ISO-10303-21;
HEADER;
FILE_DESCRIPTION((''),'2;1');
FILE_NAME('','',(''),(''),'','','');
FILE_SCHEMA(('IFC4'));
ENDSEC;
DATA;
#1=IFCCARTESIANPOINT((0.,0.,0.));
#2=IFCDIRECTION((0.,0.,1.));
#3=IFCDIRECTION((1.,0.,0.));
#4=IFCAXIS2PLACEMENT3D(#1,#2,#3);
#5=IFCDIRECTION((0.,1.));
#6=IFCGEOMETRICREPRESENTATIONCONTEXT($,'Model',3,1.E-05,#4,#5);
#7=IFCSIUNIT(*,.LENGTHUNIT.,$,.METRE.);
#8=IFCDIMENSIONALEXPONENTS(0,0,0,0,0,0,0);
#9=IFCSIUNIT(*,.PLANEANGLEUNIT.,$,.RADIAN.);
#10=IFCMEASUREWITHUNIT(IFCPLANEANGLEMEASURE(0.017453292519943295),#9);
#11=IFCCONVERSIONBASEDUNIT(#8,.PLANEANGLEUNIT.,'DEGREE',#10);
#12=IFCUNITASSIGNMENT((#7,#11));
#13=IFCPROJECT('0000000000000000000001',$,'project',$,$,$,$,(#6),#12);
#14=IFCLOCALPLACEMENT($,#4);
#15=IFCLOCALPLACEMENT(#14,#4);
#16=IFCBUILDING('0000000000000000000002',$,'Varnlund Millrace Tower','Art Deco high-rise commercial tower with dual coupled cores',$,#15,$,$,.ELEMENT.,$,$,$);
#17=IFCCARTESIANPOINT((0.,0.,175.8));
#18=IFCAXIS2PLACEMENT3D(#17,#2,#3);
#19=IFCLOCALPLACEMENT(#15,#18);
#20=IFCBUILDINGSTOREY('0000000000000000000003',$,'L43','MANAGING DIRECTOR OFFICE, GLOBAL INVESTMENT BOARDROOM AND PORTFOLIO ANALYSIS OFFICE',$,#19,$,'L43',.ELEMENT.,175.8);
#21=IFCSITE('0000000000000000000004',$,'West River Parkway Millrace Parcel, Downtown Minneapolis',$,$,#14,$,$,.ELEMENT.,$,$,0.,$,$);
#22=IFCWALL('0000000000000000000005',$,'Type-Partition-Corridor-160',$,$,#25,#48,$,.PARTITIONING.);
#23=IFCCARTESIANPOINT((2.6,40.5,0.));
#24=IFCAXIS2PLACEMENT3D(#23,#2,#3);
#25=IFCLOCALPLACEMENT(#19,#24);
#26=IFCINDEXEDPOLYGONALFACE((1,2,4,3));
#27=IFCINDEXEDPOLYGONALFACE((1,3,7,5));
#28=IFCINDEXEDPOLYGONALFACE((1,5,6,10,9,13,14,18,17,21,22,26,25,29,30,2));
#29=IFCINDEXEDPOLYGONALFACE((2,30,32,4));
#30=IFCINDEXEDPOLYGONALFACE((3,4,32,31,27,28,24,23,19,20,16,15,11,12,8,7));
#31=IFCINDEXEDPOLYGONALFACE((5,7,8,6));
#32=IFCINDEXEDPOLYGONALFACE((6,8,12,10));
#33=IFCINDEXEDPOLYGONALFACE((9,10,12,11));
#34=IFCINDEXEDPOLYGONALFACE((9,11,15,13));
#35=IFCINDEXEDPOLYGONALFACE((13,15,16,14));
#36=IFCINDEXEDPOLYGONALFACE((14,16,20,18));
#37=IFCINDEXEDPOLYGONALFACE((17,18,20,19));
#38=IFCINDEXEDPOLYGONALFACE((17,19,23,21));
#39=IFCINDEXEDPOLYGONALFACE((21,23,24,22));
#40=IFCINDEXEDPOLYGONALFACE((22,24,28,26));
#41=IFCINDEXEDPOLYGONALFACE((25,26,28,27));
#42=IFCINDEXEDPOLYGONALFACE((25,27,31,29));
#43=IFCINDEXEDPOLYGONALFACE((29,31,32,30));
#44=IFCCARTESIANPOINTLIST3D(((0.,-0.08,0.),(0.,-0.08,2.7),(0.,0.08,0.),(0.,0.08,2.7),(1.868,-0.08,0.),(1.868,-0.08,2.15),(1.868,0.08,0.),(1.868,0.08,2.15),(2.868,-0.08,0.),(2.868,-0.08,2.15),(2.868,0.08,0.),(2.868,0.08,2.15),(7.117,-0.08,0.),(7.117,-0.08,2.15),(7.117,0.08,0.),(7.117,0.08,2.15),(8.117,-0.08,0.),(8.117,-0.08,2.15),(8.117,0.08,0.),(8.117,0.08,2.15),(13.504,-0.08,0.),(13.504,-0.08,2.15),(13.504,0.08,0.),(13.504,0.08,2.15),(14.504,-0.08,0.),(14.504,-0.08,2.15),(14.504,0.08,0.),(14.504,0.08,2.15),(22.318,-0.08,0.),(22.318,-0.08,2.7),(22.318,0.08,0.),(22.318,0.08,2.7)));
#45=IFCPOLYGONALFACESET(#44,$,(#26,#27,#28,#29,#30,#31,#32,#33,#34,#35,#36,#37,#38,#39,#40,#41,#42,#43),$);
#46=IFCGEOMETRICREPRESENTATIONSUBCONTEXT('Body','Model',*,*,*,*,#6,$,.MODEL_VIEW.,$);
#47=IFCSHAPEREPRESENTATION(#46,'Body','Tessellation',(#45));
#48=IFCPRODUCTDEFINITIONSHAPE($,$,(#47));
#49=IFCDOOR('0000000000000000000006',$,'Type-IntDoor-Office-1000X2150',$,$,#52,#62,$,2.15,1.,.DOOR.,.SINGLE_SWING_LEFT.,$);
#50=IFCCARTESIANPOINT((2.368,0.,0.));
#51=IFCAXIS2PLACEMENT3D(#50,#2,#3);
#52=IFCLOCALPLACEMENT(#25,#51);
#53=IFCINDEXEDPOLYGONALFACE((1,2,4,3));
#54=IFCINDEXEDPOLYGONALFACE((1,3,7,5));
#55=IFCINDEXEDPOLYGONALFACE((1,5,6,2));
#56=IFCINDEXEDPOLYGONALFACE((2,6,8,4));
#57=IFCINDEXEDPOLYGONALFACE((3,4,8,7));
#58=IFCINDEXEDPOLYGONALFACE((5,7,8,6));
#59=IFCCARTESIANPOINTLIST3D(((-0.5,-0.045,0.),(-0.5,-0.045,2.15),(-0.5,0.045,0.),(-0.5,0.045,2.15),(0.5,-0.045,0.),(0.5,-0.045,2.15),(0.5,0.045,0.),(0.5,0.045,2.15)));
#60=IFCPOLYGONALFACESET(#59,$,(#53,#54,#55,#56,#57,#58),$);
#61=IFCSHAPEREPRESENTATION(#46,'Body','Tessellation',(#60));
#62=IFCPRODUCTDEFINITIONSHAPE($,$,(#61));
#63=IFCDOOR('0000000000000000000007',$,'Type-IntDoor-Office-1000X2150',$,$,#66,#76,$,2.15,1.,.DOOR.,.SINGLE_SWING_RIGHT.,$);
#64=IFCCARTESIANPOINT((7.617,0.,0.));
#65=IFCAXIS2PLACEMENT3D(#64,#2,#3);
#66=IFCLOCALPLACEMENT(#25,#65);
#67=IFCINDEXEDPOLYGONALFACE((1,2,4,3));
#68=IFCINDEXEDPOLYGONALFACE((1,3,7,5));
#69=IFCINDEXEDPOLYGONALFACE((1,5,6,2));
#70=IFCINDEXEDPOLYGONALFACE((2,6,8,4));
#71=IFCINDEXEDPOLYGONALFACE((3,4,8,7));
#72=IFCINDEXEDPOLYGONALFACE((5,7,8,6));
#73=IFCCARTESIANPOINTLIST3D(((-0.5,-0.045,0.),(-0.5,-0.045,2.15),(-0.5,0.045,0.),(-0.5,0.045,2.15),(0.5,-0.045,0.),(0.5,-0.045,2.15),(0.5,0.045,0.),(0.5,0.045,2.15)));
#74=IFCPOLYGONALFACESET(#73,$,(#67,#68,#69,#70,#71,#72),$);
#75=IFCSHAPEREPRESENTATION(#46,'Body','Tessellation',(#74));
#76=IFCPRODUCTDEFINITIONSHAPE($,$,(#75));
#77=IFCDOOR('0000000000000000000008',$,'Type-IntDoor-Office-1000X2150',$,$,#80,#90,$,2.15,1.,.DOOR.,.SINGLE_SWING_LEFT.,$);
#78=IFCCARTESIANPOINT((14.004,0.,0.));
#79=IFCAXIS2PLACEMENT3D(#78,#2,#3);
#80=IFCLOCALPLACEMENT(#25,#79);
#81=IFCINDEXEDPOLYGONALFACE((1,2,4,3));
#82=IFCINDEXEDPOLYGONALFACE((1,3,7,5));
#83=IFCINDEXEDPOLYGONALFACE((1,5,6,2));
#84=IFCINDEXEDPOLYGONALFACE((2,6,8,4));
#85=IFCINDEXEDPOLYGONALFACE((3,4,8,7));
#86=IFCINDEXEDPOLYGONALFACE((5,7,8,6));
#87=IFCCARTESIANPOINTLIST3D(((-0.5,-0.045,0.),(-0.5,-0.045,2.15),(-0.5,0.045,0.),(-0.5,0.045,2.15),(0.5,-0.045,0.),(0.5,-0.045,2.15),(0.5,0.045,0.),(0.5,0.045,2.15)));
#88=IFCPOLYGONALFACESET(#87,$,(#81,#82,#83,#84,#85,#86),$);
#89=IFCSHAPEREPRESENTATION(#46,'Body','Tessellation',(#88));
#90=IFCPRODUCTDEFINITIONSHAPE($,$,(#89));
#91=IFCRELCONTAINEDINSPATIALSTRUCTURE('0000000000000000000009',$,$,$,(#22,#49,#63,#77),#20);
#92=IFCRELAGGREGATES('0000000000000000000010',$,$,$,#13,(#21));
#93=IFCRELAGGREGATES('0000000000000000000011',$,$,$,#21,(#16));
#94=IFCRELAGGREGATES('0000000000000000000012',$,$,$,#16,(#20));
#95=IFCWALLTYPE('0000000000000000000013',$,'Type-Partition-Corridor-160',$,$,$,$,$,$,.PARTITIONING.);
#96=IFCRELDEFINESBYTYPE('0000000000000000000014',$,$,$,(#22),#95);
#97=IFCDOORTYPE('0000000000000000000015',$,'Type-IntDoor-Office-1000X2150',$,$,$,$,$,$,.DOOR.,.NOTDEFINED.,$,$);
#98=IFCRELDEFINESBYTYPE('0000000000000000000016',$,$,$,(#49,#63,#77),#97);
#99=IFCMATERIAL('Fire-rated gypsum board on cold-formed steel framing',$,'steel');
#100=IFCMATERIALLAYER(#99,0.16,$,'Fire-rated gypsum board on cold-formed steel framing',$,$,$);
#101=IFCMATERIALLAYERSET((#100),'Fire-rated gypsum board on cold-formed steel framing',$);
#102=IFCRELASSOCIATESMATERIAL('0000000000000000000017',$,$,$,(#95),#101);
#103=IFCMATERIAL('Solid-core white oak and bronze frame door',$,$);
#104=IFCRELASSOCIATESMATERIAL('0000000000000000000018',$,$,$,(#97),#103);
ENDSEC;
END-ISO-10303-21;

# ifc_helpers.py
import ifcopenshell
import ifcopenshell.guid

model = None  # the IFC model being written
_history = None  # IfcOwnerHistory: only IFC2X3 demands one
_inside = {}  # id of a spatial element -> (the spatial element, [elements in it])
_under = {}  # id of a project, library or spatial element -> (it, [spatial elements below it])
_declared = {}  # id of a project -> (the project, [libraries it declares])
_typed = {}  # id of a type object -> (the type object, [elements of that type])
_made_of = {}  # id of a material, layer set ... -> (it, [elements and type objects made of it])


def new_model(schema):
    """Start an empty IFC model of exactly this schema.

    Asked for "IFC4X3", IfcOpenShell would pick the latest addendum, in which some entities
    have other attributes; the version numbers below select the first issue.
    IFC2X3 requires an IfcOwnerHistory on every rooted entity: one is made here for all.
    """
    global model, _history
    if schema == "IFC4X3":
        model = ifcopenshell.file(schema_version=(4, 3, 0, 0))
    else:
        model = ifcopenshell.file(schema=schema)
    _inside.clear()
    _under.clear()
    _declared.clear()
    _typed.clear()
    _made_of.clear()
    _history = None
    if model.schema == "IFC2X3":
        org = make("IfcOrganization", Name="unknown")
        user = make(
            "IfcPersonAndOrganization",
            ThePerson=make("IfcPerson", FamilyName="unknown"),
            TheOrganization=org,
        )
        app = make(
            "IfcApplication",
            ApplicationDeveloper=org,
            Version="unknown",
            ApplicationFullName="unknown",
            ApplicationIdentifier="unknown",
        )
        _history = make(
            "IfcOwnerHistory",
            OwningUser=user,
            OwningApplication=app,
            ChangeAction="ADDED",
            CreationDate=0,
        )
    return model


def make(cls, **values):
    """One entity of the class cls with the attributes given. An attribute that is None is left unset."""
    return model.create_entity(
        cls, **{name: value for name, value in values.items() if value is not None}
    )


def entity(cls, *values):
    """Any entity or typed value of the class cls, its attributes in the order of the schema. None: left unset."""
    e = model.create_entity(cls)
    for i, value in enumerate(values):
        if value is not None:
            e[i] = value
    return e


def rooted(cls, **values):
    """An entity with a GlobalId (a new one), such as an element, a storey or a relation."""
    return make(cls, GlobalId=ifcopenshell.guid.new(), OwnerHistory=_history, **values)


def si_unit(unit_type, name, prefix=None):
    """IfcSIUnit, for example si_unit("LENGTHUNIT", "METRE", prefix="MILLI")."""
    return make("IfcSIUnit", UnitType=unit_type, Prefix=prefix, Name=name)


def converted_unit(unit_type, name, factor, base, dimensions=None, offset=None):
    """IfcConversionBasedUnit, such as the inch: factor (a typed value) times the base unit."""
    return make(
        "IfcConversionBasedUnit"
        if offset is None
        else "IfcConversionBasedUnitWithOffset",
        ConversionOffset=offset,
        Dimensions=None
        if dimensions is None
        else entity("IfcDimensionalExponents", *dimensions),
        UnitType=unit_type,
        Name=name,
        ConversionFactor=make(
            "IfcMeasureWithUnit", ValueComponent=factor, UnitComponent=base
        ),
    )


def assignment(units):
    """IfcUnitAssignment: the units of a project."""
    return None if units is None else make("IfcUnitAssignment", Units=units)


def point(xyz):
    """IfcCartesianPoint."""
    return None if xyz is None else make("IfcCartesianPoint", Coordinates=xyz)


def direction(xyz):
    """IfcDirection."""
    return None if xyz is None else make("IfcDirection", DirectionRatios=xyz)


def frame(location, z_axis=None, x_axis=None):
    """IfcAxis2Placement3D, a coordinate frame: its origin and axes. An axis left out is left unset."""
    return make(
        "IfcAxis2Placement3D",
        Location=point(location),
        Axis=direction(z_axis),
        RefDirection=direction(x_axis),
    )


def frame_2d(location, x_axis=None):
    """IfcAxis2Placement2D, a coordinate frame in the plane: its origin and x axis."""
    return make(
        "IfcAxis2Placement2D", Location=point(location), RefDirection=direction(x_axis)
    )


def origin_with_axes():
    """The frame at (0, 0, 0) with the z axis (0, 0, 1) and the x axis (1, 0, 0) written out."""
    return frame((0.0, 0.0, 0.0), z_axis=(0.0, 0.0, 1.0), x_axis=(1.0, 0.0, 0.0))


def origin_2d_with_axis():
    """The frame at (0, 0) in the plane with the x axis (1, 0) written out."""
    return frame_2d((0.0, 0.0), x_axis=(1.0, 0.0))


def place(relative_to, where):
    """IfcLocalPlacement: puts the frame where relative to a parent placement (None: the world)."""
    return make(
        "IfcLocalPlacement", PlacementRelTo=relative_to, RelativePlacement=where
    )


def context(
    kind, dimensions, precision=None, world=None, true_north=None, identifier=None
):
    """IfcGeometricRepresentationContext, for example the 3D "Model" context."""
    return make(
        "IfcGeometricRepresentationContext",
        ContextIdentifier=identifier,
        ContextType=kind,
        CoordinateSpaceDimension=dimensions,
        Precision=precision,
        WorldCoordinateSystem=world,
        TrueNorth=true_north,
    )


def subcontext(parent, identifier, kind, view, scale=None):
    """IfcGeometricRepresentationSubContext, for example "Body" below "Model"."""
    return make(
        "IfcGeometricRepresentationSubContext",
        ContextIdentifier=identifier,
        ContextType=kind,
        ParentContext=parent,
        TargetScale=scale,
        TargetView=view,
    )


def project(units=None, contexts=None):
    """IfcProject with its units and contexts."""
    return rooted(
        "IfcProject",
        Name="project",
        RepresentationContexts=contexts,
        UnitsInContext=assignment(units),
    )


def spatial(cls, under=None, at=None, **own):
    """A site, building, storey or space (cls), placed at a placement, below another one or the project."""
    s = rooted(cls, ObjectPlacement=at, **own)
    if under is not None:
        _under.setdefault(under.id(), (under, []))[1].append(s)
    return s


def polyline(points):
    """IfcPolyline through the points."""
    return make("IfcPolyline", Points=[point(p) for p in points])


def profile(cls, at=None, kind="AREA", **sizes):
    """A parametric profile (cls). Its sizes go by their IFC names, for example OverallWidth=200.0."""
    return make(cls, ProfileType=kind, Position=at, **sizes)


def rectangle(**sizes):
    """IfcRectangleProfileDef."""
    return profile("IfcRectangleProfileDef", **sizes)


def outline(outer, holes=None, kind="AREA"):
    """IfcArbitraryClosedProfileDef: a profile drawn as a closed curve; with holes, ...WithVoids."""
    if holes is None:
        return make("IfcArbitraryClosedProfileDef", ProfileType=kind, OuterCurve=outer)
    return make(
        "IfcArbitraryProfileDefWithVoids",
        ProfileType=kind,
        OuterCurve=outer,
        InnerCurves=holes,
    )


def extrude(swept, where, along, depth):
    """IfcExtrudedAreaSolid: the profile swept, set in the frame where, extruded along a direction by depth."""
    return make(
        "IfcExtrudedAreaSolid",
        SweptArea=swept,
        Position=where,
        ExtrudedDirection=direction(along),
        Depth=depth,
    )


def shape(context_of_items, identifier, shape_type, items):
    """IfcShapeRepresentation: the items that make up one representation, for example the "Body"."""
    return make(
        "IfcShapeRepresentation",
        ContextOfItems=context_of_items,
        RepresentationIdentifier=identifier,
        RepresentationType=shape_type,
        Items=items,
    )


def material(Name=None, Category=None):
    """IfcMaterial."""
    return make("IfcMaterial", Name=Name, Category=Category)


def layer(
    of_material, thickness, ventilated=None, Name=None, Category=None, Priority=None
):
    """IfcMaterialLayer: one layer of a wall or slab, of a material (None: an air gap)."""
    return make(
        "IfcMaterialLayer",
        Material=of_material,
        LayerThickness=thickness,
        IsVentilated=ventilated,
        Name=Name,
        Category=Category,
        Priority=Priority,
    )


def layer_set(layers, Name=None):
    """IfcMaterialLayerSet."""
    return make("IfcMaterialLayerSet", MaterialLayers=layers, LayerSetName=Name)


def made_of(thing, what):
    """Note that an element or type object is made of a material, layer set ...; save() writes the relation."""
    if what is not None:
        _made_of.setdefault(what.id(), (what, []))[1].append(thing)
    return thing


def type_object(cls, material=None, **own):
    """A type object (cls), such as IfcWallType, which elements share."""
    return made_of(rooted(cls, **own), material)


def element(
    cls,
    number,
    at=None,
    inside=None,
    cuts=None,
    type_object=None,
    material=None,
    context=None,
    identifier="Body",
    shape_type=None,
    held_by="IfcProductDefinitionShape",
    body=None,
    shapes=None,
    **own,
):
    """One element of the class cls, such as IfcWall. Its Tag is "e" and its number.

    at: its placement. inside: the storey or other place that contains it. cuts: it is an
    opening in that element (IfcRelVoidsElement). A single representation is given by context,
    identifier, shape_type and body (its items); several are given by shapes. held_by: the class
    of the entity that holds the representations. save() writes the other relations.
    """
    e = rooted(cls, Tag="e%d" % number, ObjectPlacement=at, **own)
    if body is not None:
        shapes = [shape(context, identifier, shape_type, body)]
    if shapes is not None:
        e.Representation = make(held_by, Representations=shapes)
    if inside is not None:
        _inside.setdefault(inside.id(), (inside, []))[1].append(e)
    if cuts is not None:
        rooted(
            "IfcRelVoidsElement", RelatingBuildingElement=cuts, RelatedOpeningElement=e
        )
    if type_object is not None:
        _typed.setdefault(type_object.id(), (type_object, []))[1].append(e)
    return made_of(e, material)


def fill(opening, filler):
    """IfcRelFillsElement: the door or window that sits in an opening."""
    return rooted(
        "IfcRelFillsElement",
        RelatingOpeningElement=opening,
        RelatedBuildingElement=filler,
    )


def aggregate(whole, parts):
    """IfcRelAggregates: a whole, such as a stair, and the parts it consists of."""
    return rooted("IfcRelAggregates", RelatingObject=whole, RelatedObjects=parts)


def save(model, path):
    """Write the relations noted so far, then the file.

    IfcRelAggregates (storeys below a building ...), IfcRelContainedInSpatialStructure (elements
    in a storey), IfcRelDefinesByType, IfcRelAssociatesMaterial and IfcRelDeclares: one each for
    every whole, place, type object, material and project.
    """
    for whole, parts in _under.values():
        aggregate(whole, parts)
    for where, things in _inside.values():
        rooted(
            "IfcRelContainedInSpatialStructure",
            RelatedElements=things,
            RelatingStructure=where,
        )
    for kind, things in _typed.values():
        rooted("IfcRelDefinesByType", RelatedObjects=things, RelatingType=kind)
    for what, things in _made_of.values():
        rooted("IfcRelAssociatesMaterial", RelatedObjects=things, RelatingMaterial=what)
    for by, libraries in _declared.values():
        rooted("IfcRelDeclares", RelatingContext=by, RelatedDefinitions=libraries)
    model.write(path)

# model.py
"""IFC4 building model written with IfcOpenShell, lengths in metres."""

from ifc_helpers import new_model, entity, si_unit, converted_unit, direction, frame, origin_with_axes, origin_2d_with_axis, place, context, subcontext, project, spatial, polyline, rectangle, outline, extrude, material, layer, layer_set, type_object, element, fill, save


model = new_model("IFC4")

# Units and contexts
model_context = context("Model", 3, precision=1e-05, world=origin_with_axes(), true_north=direction((0.0, 1.0)))
body_context = subcontext(model_context, "Body", "Model", "MODEL_VIEW")
ifc_project = project(units=[si_unit("LENGTHUNIT", "METRE"), converted_unit("PLANEANGLEUNIT", "DEGREE", entity("IfcPlaneAngleMeasure", 0.017453292519943295), si_unit("PLANEANGLEUNIT", "RADIAN"), dimensions=[0, 0, 0, 0, 0, 0, 0])], contexts=[model_context])

# Site, building, storey
site_placement = place(None, origin_with_axes())
site = spatial("IfcSite", under=ifc_project, at=site_placement, Name="West River Parkway Millrace Parcel, Downtown Minneapolis", CompositionType="ELEMENT", RefElevation=0.0)
building_placement = place(site_placement, origin_with_axes())
building = spatial("IfcBuilding", under=site, at=building_placement, Name="Varnlund Millrace Tower", Description="Art Deco high-rise commercial tower with dual coupled cores", CompositionType="ELEMENT")
storey_placement = place(building_placement, frame((0.0, 0.0, 175.8), z_axis=(0.0, 0.0, 1.0), x_axis=(1.0, 0.0, 0.0)))
storey = spatial("IfcBuildingStorey", under=building, at=storey_placement, Name="L43", Description="MANAGING DIRECTOR OFFICE, GLOBAL INVESTMENT BOARDROOM AND PORTFOLIO ANALYSIS OFFICE", LongName="L43", CompositionType="ELEMENT", Elevation=175.8)

# Wall, openings, doors
ifc_material_1 = material(Name="Fire-rated gypsum board on cold-formed steel framing", Category="steel")
ifc_layer_1 = layer(ifc_material_1, 0.16, Name="Fire-rated gypsum board on cold-formed steel framing")
ifc_layer_set_1 = layer_set([ifc_layer_1], Name="Fire-rated gypsum board on cold-formed steel framing")
wall_type_1 = type_object("IfcWallType", Name="Type-Partition-Corridor-160", PredefinedType="PARTITIONING", material=ifc_layer_set_1)
wall_1_placement = place(storey_placement, frame((2.6, 40.5, 0.0), z_axis=(0.0, 0.0, 1.0), x_axis=(1.0, 0.0, 0.0)))
wall_1 = element("IfcWall", 1, at=wall_1_placement, inside=storey, type_object=wall_type_1, Name="Type-Partition-Corridor-160", PredefinedType="PARTITIONING", context=body_context, shape_type="SweptSolid", body=[
    extrude(outline(polyline([(0.0, -0.08), (22.318, -0.08), (22.318, 0.08), (0.0, 0.08), (0.0, -0.08)])), origin_with_axes(), (0.0, 0.0, 1.0), 2.7),
])
opening_1_placement = place(wall_1_placement, frame((2.368, 0.0, 0.0), z_axis=(0.0, 0.0, 1.0), x_axis=(1.0, 0.0, 0.0)))
opening_1 = element("IfcOpeningElement", 2, at=opening_1_placement, cuts=wall_1, PredefinedType="OPENING", context=body_context, shape_type="SweptSolid", body=[
    extrude(rectangle(XDim=1.0, YDim=0.18, at=origin_2d_with_axis()), origin_with_axes(), (0.0, 0.0, 1.0), 2.15),
])
opening_2_placement = place(wall_1_placement, frame((7.617, 0.0, 0.0), z_axis=(0.0, 0.0, 1.0), x_axis=(1.0, 0.0, 0.0)))
opening_2 = element("IfcOpeningElement", 3, at=opening_2_placement, cuts=wall_1, PredefinedType="OPENING", context=body_context, shape_type="SweptSolid", body=[
    extrude(rectangle(XDim=1.0, YDim=0.18, at=origin_2d_with_axis()), origin_with_axes(), (0.0, 0.0, 1.0), 2.15),
])
opening_3_placement = place(wall_1_placement, frame((14.004, 0.0, 0.0), z_axis=(0.0, 0.0, 1.0), x_axis=(1.0, 0.0, 0.0)))
opening_3 = element("IfcOpeningElement", 4, at=opening_3_placement, cuts=wall_1, PredefinedType="OPENING", context=body_context, shape_type="SweptSolid", body=[
    extrude(rectangle(XDim=1.0, YDim=0.18, at=origin_2d_with_axis()), origin_with_axes(), (0.0, 0.0, 1.0), 2.15),
])
ifc_material_2 = material(Name="Solid-core white oak and bronze frame door")
door_type = type_object("IfcDoorType", Name="Type-IntDoor-Office-1000X2150", OperationType="NOTDEFINED", PredefinedType="DOOR", material=ifc_material_2)
door_1_placement = place(wall_1_placement, frame((2.368, 0.0, 0.0), z_axis=(0.0, 0.0, 1.0), x_axis=(1.0, 0.0, 0.0)))
door_1 = element("IfcDoor", 5, at=door_1_placement, inside=storey, type_object=door_type, Name="Type-IntDoor-Office-1000X2150", OperationType="SINGLE_SWING_LEFT", OverallHeight=2.15, OverallWidth=1.0, PredefinedType="DOOR", context=body_context, shape_type="SweptSolid", body=[
    extrude(rectangle(XDim=1.0, YDim=0.09, at=origin_2d_with_axis()), origin_with_axes(), (0.0, 0.0, 1.0), 2.15),
])
fill(opening_1, door_1)
door_2_placement = place(wall_1_placement, frame((7.617, 0.0, 0.0), z_axis=(0.0, 0.0, 1.0), x_axis=(1.0, 0.0, 0.0)))
door_2 = element("IfcDoor", 6, at=door_2_placement, inside=storey, type_object=door_type, Name="Type-IntDoor-Office-1000X2150", OperationType="SINGLE_SWING_RIGHT", OverallHeight=2.15, OverallWidth=1.0, PredefinedType="DOOR", context=body_context, shape_type="SweptSolid", body=[
    extrude(rectangle(XDim=1.0, YDim=0.09, at=origin_2d_with_axis()), origin_with_axes(), (0.0, 0.0, 1.0), 2.15),
])
fill(opening_2, door_2)
door_3_placement = place(wall_1_placement, frame((14.004, 0.0, 0.0), z_axis=(0.0, 0.0, 1.0), x_axis=(1.0, 0.0, 0.0)))
door_3 = element("IfcDoor", 7, at=door_3_placement, inside=storey, type_object=door_type, Name="Type-IntDoor-Office-1000X2150", OperationType="SINGLE_SWING_LEFT", OverallHeight=2.15, OverallWidth=1.0, PredefinedType="DOOR", context=body_context, shape_type="SweptSolid", body=[
    extrude(rectangle(XDim=1.0, YDim=0.09, at=origin_2d_with_axis()), origin_with_axes(), (0.0, 0.0, 1.0), 2.15),
])
fill(opening_3, door_3)

save(model, "model.ifc")
